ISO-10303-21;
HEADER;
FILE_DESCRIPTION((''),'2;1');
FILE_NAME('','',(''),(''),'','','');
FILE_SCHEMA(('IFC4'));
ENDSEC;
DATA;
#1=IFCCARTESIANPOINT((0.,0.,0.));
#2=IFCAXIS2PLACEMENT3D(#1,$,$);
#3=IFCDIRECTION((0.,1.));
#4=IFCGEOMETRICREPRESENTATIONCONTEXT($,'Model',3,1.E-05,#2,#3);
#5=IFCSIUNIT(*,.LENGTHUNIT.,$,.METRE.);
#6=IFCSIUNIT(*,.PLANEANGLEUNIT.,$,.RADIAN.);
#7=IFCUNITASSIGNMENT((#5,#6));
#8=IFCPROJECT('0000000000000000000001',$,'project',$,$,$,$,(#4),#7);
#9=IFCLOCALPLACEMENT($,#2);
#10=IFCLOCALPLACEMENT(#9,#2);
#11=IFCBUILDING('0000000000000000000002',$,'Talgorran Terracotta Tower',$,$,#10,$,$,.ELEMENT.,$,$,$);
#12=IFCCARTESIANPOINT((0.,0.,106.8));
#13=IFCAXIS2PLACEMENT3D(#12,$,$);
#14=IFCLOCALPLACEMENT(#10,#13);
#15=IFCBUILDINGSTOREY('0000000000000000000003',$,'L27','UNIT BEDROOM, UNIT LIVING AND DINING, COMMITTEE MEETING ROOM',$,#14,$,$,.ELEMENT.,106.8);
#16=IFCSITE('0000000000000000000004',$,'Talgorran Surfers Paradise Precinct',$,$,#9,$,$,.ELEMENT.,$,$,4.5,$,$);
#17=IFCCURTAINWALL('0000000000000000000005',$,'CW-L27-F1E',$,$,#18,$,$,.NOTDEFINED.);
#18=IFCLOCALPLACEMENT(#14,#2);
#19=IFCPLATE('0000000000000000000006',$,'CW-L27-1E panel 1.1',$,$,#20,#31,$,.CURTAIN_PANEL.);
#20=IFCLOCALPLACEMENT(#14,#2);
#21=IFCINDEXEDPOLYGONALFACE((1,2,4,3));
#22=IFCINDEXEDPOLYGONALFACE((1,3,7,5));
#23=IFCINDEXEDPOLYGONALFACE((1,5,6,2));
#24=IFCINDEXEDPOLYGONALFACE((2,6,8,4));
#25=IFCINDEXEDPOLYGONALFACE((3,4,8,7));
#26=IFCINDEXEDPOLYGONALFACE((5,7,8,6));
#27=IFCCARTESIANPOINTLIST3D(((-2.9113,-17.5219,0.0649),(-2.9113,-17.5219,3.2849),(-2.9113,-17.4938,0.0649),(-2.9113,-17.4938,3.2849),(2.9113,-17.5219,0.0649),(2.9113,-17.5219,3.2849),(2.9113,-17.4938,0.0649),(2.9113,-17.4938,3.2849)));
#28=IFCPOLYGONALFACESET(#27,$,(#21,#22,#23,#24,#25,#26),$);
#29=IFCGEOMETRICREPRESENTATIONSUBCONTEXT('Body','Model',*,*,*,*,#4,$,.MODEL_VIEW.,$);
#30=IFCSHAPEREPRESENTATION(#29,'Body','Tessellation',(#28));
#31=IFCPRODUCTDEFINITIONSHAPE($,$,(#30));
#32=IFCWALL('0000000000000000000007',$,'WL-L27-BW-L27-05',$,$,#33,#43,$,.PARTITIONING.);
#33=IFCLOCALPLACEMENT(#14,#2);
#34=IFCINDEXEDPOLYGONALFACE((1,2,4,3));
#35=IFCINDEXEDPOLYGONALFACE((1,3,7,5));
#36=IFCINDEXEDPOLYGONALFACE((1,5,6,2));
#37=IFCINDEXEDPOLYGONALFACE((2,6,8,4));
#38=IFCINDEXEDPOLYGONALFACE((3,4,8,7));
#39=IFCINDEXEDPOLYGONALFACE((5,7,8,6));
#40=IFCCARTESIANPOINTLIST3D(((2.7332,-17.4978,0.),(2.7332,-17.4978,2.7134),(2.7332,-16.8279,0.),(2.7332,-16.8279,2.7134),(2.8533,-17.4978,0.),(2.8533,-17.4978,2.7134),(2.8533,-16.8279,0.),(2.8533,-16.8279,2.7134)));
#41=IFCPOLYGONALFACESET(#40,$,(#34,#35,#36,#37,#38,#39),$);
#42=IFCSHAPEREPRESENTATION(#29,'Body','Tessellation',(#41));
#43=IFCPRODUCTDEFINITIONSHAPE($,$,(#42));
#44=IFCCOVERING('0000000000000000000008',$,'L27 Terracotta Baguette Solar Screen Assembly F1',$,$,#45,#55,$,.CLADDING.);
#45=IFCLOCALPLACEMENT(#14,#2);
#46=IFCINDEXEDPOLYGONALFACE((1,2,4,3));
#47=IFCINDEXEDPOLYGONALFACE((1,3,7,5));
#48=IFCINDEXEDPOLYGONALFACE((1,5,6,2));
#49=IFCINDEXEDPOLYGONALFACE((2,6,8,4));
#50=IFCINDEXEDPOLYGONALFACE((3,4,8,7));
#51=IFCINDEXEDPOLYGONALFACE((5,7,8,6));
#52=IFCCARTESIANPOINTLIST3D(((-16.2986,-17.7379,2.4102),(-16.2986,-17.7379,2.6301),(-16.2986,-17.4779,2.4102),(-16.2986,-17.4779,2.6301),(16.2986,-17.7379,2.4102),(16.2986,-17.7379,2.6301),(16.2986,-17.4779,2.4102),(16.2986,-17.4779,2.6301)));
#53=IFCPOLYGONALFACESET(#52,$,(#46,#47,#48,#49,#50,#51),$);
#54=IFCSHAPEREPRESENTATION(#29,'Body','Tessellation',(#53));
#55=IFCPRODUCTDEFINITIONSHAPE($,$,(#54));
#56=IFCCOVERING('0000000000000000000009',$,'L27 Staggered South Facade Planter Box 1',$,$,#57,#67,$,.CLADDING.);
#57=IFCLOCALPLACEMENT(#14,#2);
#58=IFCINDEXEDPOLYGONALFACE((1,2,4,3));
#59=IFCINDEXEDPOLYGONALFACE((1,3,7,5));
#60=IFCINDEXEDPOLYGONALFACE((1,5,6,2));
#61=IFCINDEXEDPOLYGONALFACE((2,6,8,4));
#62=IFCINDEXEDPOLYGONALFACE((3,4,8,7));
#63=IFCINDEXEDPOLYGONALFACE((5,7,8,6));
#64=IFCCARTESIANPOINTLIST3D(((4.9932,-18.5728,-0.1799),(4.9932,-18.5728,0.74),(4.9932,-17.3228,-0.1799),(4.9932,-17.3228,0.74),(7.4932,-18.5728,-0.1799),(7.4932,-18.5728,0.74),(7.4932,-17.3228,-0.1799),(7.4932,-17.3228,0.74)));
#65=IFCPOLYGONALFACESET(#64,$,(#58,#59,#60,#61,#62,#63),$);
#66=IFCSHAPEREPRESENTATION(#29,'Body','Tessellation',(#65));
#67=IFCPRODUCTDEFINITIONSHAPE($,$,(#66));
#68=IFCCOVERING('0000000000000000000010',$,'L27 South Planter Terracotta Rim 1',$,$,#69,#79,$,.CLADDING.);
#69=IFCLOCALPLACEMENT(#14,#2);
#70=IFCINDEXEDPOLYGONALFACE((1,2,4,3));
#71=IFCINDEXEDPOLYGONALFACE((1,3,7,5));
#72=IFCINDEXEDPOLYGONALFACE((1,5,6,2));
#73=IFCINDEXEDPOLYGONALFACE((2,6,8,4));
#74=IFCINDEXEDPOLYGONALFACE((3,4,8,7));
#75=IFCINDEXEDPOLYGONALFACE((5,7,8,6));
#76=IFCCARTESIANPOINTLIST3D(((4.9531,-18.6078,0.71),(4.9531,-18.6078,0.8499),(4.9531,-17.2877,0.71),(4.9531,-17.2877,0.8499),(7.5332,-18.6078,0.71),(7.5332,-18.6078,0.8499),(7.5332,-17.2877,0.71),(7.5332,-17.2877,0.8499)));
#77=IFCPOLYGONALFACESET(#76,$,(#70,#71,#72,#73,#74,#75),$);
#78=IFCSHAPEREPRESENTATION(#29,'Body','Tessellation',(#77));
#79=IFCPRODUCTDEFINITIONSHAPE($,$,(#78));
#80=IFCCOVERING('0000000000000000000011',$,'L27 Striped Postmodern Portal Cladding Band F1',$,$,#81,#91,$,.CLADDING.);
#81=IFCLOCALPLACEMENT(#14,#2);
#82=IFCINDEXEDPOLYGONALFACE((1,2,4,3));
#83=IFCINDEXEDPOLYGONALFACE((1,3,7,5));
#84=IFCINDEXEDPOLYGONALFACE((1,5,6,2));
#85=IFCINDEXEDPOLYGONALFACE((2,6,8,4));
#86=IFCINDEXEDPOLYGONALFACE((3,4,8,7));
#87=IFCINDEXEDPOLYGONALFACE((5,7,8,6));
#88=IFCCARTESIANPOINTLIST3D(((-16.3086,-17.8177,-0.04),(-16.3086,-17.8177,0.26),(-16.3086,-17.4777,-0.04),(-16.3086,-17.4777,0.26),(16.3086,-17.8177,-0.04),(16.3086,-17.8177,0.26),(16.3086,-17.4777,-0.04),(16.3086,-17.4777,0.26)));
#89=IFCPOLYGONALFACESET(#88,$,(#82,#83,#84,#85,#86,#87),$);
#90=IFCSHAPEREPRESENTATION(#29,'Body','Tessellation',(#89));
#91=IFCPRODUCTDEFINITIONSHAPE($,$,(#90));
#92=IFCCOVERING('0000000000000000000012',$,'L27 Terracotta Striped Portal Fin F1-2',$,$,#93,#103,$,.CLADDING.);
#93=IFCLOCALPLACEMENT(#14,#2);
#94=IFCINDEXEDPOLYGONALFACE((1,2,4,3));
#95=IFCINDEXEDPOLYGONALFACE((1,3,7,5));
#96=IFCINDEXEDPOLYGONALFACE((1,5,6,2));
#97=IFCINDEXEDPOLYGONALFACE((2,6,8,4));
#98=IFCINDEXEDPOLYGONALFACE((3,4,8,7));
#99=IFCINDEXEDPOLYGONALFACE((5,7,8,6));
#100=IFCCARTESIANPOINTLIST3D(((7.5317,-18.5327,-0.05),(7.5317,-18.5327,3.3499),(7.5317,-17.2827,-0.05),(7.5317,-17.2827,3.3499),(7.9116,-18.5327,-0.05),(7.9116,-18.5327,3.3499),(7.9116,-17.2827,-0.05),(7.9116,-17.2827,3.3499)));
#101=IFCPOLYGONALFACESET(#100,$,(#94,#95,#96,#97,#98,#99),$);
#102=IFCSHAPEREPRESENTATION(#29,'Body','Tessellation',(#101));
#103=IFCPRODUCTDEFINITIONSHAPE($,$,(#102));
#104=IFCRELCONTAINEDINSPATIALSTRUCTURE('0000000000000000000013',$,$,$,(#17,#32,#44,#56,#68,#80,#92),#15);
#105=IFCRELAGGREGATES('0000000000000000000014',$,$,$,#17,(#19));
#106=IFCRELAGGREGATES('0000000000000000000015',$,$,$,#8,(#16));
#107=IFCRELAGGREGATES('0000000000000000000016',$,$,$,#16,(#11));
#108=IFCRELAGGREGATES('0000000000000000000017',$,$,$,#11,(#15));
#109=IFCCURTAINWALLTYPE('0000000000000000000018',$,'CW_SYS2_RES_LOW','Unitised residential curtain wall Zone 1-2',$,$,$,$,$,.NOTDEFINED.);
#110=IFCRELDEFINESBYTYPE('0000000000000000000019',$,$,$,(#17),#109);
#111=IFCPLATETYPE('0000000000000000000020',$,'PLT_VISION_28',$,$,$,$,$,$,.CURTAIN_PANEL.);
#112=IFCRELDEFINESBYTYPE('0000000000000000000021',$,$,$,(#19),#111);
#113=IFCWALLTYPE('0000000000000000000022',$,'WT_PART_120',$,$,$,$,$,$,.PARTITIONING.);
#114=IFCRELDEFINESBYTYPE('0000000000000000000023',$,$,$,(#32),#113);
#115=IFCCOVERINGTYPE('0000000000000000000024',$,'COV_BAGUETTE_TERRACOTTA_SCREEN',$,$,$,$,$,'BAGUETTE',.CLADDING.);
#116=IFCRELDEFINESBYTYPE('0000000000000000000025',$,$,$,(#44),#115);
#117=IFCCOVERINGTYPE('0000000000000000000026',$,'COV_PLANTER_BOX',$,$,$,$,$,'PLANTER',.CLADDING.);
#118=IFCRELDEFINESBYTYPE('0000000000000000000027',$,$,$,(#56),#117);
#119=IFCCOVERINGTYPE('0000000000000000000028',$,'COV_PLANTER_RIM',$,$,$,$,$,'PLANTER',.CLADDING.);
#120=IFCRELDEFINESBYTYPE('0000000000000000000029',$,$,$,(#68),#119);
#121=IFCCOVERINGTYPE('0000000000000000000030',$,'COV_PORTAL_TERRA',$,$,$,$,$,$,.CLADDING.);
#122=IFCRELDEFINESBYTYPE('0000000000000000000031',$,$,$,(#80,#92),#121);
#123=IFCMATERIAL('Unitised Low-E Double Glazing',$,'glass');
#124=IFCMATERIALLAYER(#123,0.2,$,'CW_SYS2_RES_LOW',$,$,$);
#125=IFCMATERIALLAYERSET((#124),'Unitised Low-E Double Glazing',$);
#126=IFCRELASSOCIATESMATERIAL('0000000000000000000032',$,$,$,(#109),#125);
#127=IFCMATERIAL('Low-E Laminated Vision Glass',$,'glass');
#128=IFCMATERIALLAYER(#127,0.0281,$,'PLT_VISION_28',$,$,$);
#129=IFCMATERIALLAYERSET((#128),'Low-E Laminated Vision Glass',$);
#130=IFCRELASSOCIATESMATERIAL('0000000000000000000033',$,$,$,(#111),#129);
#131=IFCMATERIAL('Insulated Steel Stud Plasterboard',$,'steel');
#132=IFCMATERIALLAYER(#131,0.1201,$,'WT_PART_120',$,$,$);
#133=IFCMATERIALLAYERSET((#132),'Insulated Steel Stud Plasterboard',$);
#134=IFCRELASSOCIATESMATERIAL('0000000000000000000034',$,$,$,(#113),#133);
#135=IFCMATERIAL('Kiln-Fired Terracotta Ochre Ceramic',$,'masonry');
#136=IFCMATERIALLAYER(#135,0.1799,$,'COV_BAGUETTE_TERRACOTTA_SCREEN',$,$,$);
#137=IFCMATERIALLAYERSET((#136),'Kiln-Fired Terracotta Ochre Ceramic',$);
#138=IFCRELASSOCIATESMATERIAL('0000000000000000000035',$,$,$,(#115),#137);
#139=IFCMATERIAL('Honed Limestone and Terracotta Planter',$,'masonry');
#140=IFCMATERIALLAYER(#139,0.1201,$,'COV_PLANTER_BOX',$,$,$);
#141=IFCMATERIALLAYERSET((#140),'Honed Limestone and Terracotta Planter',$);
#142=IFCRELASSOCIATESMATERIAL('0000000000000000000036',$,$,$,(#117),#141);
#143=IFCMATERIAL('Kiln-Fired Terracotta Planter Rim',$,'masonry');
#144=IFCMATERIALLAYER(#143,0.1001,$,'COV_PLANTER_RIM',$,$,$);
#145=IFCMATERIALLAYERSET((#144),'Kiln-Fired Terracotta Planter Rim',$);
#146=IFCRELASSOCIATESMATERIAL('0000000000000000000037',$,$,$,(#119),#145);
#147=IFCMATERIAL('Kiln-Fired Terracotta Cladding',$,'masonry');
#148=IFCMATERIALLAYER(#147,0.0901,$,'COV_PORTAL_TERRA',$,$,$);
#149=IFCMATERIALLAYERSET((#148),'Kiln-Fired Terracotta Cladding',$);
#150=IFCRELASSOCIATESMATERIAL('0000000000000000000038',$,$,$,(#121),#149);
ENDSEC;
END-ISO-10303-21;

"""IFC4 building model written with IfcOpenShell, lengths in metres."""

from ifc_helpers import new_model, si_unit, direction, frame, frame_2d, origin, origin_2d, place, context, subcontext, project, spatial, rectangle, extrude, source, transform, mapped, material, layer, layer_set, type_object, element, aggregate, save


model = new_model("IFC4")

# Units and contexts
model_context = context("Model", 3, precision=1e-05, world=origin(), true_north=direction((0.0, 1.0)))
body_context = subcontext(model_context, "Body", "Model", "MODEL_VIEW")
ifc_project = project(units=[si_unit("LENGTHUNIT", "METRE"), si_unit("PLANEANGLEUNIT", "RADIAN")], contexts=[model_context])

# Site, building, storey
site_placement = place(None, origin())
site = spatial("IfcSite", under=ifc_project, at=site_placement, Name="Talgorran Surfers Paradise Precinct", CompositionType="ELEMENT", RefElevation=4.5)
building_placement = place(site_placement, origin())
building = spatial("IfcBuilding", under=site, at=building_placement, Name="Talgorran Terracotta Tower", CompositionType="ELEMENT")
storey_placement = place(building_placement, frame((0.0, 0.0, 106.8)))
storey = spatial("IfcBuildingStorey", under=building, at=storey_placement, Name="L27", Description="UNIT BEDROOM, UNIT LIVING AND DINING, COMMITTEE MEETING ROOM", CompositionType="ELEMENT", Elevation=106.8)

# Curtain wall
ifc_material_1 = material(Name="Unitised Low-E Double Glazing", Category="glass")
ifc_layer_1 = layer(ifc_material_1, 0.2, Name="CW_SYS2_RES_LOW")
ifc_layer_set_1 = layer_set([ifc_layer_1], Name="Unitised Low-E Double Glazing")
curtain_wall_type = type_object("IfcCurtainWallType", Name="CW_SYS2_RES_LOW", Description="Unitised residential curtain wall Zone 1-2", PredefinedType="NOTDEFINED", material=ifc_layer_set_1)
curtain_wall_1_placement = place(storey_placement, origin())
curtain_wall_1 = element("IfcCurtainWall", 1, at=curtain_wall_1_placement, inside=storey, type_object=curtain_wall_type, Name="CW-L27-F1E", PredefinedType="NOTDEFINED")

# Plate
ifc_material_2 = material(Name="Low-E Laminated Vision Glass", Category="glass")
ifc_layer_2 = layer(ifc_material_2, 0.0281, Name="PLT_VISION_28")
ifc_layer_set_2 = layer_set([ifc_layer_2], Name="Low-E Laminated Vision Glass")
plate_type_1 = type_object("IfcPlateType", Name="PLT_VISION_28", PredefinedType="CURTAIN_PANEL", material=ifc_layer_set_2)
shared_shape_1 = source(origin(), body_context, "Body", "SweptSolid", [
    extrude(rectangle(XDim=5.8225, YDim=0.0281, at=origin_2d()), origin(), (0.0, 0.0, 1.0), 3.22),
])
plate_1_placement = place(storey_placement, frame((0.0, -17.5078, 0.0649), z_axis=(0.0, 0.0, 1.0), x_axis=(1.0, 0.0, 0.0)))
plate_1 = element("IfcPlate", 2, at=plate_1_placement, type_object=plate_type_1, Name="CW-L27-1E panel 1.1", PredefinedType="CURTAIN_PANEL", context=body_context, shape_type="MappedRepresentation", body=[
    mapped(shared_shape_1, transform((0.0, 0.0, 0.0), scale=1.0)),
])
aggregate(curtain_wall_1, [plate_1])

# Wall
ifc_material_3 = material(Name="Insulated Steel Stud Plasterboard", Category="steel")
ifc_layer_3 = layer(ifc_material_3, 0.1201, Name="WT_PART_120")
ifc_layer_set_3 = layer_set([ifc_layer_3], Name="Insulated Steel Stud Plasterboard")
wall_type = type_object("IfcWallType", Name="WT_PART_120", PredefinedType="PARTITIONING", material=ifc_layer_set_3)
wall_placement = place(storey_placement, frame((2.7932, -17.4978, 0.0), z_axis=(0.0, 0.0, 1.0), x_axis=(0.0, 1.0, 0.0)))
element("IfcWall", 3, at=wall_placement, inside=storey, type_object=wall_type, Name="WL-L27-BW-L27-05", PredefinedType="PARTITIONING", context=body_context, shape_type="SweptSolid", body=[
    extrude(rectangle(XDim=0.6699, YDim=0.1201, at=frame_2d((0.335, 0.0))), origin(), (0.0, 0.0, 1.0), 2.7134),
])

# Coverings
ifc_material_4 = material(Name="Kiln-Fired Terracotta Ochre Ceramic", Category="masonry")
ifc_layer_4 = layer(ifc_material_4, 0.1799, Name="COV_BAGUETTE_TERRACOTTA_SCREEN")
ifc_layer_set_4 = layer_set([ifc_layer_4], Name="Kiln-Fired Terracotta Ochre Ceramic")
covering_type_1 = type_object("IfcCoveringType", Name="COV_BAGUETTE_TERRACOTTA_SCREEN", ElementType="BAGUETTE", PredefinedType="CLADDING", material=ifc_layer_set_4)
covering_1_placement = place(storey_placement, frame((0.0, -17.6079, 2.4102), z_axis=(0.0, 0.0, 1.0), x_axis=(1.0, 0.0, 0.0)))
element("IfcCovering", 4, at=covering_1_placement, inside=storey, type_object=covering_type_1, Name="L27 Terracotta Baguette Solar Screen Assembly F1", PredefinedType="CLADDING", context=body_context, shape_type="SweptSolid", body=[
    extrude(rectangle(XDim=32.5972, YDim=0.26, at=origin_2d()), origin(), (0.0, 0.0, 1.0), 0.22),
])
ifc_material_5 = material(Name="Honed Limestone and Terracotta Planter", Category="masonry")
ifc_layer_5 = layer(ifc_material_5, 0.1201, Name="COV_PLANTER_BOX")
ifc_layer_set_5 = layer_set([ifc_layer_5], Name="Honed Limestone and Terracotta Planter")
covering_type_2 = type_object("IfcCoveringType", Name="COV_PLANTER_BOX", ElementType="PLANTER", PredefinedType="CLADDING", material=ifc_layer_set_5)
covering_2_placement = place(storey_placement, frame((6.2432, -17.9478, -0.1799), z_axis=(0.0, 0.0, 1.0), x_axis=(1.0, 0.0, 0.0)))
element("IfcCovering", 5, at=covering_2_placement, inside=storey, type_object=covering_type_2, Name="L27 Staggered South Facade Planter Box 1", PredefinedType="CLADDING", context=body_context, shape_type="SweptSolid", body=[
    extrude(rectangle(XDim=2.5, YDim=1.25, at=origin_2d()), origin(), (0.0, 0.0, 1.0), 0.9199),
])
ifc_material_6 = material(Name="Kiln-Fired Terracotta Planter Rim", Category="masonry")
ifc_layer_6 = layer(ifc_material_6, 0.1001, Name="COV_PLANTER_RIM")
ifc_layer_set_6 = layer_set([ifc_layer_6], Name="Kiln-Fired Terracotta Planter Rim")
covering_type_3 = type_object("IfcCoveringType", Name="COV_PLANTER_RIM", ElementType="PLANTER", PredefinedType="CLADDING", material=ifc_layer_set_6)
covering_3_placement = place(storey_placement, frame((6.2432, -17.9478, 0.71), z_axis=(0.0, 0.0, 1.0), x_axis=(1.0, 0.0, 0.0)))
element("IfcCovering", 6, at=covering_3_placement, inside=storey, type_object=covering_type_3, Name="L27 South Planter Terracotta Rim 1", PredefinedType="CLADDING", context=body_context, shape_type="SweptSolid", body=[
    extrude(rectangle(XDim=2.5801, YDim=1.3201, at=origin_2d()), origin(), (0.0, 0.0, 1.0), 0.1399),
])
ifc_material_7 = material(Name="Kiln-Fired Terracotta Cladding", Category="masonry")
ifc_layer_7 = layer(ifc_material_7, 0.0901, Name="COV_PORTAL_TERRA")
ifc_layer_set_7 = layer_set([ifc_layer_7], Name="Kiln-Fired Terracotta Cladding")
covering_type_4 = type_object("IfcCoveringType", Name="COV_PORTAL_TERRA", PredefinedType="CLADDING", material=ifc_layer_set_7)
covering_4_placement = place(storey_placement, frame((0.0, -17.6477, -0.04), z_axis=(0.0, 0.0, 1.0), x_axis=(1.0, 0.0, 0.0)))
element("IfcCovering", 7, at=covering_4_placement, inside=storey, type_object=covering_type_4, Name="L27 Striped Postmodern Portal Cladding Band F1", PredefinedType="CLADDING", context=body_context, shape_type="SweptSolid", body=[
    extrude(rectangle(XDim=32.6172, YDim=0.3401, at=origin_2d()), origin(), (0.0, 0.0, 1.0), 0.3),
])
covering_5_placement = place(storey_placement, frame((7.7217, -17.9077, -0.05), z_axis=(0.0, 0.0, 1.0), x_axis=(1.0, 0.0, 0.0)))
element("IfcCovering", 8, at=covering_5_placement, inside=storey, type_object=covering_type_4, Name="L27 Terracotta Striped Portal Fin F1-2", PredefinedType="CLADDING", context=body_context, shape_type="SweptSolid", body=[
    extrude(rectangle(XDim=0.3799, YDim=1.25, at=origin_2d()), origin(), (0.0, 0.0, 1.0), 3.3999),
])

save(model, "model.ifc")
